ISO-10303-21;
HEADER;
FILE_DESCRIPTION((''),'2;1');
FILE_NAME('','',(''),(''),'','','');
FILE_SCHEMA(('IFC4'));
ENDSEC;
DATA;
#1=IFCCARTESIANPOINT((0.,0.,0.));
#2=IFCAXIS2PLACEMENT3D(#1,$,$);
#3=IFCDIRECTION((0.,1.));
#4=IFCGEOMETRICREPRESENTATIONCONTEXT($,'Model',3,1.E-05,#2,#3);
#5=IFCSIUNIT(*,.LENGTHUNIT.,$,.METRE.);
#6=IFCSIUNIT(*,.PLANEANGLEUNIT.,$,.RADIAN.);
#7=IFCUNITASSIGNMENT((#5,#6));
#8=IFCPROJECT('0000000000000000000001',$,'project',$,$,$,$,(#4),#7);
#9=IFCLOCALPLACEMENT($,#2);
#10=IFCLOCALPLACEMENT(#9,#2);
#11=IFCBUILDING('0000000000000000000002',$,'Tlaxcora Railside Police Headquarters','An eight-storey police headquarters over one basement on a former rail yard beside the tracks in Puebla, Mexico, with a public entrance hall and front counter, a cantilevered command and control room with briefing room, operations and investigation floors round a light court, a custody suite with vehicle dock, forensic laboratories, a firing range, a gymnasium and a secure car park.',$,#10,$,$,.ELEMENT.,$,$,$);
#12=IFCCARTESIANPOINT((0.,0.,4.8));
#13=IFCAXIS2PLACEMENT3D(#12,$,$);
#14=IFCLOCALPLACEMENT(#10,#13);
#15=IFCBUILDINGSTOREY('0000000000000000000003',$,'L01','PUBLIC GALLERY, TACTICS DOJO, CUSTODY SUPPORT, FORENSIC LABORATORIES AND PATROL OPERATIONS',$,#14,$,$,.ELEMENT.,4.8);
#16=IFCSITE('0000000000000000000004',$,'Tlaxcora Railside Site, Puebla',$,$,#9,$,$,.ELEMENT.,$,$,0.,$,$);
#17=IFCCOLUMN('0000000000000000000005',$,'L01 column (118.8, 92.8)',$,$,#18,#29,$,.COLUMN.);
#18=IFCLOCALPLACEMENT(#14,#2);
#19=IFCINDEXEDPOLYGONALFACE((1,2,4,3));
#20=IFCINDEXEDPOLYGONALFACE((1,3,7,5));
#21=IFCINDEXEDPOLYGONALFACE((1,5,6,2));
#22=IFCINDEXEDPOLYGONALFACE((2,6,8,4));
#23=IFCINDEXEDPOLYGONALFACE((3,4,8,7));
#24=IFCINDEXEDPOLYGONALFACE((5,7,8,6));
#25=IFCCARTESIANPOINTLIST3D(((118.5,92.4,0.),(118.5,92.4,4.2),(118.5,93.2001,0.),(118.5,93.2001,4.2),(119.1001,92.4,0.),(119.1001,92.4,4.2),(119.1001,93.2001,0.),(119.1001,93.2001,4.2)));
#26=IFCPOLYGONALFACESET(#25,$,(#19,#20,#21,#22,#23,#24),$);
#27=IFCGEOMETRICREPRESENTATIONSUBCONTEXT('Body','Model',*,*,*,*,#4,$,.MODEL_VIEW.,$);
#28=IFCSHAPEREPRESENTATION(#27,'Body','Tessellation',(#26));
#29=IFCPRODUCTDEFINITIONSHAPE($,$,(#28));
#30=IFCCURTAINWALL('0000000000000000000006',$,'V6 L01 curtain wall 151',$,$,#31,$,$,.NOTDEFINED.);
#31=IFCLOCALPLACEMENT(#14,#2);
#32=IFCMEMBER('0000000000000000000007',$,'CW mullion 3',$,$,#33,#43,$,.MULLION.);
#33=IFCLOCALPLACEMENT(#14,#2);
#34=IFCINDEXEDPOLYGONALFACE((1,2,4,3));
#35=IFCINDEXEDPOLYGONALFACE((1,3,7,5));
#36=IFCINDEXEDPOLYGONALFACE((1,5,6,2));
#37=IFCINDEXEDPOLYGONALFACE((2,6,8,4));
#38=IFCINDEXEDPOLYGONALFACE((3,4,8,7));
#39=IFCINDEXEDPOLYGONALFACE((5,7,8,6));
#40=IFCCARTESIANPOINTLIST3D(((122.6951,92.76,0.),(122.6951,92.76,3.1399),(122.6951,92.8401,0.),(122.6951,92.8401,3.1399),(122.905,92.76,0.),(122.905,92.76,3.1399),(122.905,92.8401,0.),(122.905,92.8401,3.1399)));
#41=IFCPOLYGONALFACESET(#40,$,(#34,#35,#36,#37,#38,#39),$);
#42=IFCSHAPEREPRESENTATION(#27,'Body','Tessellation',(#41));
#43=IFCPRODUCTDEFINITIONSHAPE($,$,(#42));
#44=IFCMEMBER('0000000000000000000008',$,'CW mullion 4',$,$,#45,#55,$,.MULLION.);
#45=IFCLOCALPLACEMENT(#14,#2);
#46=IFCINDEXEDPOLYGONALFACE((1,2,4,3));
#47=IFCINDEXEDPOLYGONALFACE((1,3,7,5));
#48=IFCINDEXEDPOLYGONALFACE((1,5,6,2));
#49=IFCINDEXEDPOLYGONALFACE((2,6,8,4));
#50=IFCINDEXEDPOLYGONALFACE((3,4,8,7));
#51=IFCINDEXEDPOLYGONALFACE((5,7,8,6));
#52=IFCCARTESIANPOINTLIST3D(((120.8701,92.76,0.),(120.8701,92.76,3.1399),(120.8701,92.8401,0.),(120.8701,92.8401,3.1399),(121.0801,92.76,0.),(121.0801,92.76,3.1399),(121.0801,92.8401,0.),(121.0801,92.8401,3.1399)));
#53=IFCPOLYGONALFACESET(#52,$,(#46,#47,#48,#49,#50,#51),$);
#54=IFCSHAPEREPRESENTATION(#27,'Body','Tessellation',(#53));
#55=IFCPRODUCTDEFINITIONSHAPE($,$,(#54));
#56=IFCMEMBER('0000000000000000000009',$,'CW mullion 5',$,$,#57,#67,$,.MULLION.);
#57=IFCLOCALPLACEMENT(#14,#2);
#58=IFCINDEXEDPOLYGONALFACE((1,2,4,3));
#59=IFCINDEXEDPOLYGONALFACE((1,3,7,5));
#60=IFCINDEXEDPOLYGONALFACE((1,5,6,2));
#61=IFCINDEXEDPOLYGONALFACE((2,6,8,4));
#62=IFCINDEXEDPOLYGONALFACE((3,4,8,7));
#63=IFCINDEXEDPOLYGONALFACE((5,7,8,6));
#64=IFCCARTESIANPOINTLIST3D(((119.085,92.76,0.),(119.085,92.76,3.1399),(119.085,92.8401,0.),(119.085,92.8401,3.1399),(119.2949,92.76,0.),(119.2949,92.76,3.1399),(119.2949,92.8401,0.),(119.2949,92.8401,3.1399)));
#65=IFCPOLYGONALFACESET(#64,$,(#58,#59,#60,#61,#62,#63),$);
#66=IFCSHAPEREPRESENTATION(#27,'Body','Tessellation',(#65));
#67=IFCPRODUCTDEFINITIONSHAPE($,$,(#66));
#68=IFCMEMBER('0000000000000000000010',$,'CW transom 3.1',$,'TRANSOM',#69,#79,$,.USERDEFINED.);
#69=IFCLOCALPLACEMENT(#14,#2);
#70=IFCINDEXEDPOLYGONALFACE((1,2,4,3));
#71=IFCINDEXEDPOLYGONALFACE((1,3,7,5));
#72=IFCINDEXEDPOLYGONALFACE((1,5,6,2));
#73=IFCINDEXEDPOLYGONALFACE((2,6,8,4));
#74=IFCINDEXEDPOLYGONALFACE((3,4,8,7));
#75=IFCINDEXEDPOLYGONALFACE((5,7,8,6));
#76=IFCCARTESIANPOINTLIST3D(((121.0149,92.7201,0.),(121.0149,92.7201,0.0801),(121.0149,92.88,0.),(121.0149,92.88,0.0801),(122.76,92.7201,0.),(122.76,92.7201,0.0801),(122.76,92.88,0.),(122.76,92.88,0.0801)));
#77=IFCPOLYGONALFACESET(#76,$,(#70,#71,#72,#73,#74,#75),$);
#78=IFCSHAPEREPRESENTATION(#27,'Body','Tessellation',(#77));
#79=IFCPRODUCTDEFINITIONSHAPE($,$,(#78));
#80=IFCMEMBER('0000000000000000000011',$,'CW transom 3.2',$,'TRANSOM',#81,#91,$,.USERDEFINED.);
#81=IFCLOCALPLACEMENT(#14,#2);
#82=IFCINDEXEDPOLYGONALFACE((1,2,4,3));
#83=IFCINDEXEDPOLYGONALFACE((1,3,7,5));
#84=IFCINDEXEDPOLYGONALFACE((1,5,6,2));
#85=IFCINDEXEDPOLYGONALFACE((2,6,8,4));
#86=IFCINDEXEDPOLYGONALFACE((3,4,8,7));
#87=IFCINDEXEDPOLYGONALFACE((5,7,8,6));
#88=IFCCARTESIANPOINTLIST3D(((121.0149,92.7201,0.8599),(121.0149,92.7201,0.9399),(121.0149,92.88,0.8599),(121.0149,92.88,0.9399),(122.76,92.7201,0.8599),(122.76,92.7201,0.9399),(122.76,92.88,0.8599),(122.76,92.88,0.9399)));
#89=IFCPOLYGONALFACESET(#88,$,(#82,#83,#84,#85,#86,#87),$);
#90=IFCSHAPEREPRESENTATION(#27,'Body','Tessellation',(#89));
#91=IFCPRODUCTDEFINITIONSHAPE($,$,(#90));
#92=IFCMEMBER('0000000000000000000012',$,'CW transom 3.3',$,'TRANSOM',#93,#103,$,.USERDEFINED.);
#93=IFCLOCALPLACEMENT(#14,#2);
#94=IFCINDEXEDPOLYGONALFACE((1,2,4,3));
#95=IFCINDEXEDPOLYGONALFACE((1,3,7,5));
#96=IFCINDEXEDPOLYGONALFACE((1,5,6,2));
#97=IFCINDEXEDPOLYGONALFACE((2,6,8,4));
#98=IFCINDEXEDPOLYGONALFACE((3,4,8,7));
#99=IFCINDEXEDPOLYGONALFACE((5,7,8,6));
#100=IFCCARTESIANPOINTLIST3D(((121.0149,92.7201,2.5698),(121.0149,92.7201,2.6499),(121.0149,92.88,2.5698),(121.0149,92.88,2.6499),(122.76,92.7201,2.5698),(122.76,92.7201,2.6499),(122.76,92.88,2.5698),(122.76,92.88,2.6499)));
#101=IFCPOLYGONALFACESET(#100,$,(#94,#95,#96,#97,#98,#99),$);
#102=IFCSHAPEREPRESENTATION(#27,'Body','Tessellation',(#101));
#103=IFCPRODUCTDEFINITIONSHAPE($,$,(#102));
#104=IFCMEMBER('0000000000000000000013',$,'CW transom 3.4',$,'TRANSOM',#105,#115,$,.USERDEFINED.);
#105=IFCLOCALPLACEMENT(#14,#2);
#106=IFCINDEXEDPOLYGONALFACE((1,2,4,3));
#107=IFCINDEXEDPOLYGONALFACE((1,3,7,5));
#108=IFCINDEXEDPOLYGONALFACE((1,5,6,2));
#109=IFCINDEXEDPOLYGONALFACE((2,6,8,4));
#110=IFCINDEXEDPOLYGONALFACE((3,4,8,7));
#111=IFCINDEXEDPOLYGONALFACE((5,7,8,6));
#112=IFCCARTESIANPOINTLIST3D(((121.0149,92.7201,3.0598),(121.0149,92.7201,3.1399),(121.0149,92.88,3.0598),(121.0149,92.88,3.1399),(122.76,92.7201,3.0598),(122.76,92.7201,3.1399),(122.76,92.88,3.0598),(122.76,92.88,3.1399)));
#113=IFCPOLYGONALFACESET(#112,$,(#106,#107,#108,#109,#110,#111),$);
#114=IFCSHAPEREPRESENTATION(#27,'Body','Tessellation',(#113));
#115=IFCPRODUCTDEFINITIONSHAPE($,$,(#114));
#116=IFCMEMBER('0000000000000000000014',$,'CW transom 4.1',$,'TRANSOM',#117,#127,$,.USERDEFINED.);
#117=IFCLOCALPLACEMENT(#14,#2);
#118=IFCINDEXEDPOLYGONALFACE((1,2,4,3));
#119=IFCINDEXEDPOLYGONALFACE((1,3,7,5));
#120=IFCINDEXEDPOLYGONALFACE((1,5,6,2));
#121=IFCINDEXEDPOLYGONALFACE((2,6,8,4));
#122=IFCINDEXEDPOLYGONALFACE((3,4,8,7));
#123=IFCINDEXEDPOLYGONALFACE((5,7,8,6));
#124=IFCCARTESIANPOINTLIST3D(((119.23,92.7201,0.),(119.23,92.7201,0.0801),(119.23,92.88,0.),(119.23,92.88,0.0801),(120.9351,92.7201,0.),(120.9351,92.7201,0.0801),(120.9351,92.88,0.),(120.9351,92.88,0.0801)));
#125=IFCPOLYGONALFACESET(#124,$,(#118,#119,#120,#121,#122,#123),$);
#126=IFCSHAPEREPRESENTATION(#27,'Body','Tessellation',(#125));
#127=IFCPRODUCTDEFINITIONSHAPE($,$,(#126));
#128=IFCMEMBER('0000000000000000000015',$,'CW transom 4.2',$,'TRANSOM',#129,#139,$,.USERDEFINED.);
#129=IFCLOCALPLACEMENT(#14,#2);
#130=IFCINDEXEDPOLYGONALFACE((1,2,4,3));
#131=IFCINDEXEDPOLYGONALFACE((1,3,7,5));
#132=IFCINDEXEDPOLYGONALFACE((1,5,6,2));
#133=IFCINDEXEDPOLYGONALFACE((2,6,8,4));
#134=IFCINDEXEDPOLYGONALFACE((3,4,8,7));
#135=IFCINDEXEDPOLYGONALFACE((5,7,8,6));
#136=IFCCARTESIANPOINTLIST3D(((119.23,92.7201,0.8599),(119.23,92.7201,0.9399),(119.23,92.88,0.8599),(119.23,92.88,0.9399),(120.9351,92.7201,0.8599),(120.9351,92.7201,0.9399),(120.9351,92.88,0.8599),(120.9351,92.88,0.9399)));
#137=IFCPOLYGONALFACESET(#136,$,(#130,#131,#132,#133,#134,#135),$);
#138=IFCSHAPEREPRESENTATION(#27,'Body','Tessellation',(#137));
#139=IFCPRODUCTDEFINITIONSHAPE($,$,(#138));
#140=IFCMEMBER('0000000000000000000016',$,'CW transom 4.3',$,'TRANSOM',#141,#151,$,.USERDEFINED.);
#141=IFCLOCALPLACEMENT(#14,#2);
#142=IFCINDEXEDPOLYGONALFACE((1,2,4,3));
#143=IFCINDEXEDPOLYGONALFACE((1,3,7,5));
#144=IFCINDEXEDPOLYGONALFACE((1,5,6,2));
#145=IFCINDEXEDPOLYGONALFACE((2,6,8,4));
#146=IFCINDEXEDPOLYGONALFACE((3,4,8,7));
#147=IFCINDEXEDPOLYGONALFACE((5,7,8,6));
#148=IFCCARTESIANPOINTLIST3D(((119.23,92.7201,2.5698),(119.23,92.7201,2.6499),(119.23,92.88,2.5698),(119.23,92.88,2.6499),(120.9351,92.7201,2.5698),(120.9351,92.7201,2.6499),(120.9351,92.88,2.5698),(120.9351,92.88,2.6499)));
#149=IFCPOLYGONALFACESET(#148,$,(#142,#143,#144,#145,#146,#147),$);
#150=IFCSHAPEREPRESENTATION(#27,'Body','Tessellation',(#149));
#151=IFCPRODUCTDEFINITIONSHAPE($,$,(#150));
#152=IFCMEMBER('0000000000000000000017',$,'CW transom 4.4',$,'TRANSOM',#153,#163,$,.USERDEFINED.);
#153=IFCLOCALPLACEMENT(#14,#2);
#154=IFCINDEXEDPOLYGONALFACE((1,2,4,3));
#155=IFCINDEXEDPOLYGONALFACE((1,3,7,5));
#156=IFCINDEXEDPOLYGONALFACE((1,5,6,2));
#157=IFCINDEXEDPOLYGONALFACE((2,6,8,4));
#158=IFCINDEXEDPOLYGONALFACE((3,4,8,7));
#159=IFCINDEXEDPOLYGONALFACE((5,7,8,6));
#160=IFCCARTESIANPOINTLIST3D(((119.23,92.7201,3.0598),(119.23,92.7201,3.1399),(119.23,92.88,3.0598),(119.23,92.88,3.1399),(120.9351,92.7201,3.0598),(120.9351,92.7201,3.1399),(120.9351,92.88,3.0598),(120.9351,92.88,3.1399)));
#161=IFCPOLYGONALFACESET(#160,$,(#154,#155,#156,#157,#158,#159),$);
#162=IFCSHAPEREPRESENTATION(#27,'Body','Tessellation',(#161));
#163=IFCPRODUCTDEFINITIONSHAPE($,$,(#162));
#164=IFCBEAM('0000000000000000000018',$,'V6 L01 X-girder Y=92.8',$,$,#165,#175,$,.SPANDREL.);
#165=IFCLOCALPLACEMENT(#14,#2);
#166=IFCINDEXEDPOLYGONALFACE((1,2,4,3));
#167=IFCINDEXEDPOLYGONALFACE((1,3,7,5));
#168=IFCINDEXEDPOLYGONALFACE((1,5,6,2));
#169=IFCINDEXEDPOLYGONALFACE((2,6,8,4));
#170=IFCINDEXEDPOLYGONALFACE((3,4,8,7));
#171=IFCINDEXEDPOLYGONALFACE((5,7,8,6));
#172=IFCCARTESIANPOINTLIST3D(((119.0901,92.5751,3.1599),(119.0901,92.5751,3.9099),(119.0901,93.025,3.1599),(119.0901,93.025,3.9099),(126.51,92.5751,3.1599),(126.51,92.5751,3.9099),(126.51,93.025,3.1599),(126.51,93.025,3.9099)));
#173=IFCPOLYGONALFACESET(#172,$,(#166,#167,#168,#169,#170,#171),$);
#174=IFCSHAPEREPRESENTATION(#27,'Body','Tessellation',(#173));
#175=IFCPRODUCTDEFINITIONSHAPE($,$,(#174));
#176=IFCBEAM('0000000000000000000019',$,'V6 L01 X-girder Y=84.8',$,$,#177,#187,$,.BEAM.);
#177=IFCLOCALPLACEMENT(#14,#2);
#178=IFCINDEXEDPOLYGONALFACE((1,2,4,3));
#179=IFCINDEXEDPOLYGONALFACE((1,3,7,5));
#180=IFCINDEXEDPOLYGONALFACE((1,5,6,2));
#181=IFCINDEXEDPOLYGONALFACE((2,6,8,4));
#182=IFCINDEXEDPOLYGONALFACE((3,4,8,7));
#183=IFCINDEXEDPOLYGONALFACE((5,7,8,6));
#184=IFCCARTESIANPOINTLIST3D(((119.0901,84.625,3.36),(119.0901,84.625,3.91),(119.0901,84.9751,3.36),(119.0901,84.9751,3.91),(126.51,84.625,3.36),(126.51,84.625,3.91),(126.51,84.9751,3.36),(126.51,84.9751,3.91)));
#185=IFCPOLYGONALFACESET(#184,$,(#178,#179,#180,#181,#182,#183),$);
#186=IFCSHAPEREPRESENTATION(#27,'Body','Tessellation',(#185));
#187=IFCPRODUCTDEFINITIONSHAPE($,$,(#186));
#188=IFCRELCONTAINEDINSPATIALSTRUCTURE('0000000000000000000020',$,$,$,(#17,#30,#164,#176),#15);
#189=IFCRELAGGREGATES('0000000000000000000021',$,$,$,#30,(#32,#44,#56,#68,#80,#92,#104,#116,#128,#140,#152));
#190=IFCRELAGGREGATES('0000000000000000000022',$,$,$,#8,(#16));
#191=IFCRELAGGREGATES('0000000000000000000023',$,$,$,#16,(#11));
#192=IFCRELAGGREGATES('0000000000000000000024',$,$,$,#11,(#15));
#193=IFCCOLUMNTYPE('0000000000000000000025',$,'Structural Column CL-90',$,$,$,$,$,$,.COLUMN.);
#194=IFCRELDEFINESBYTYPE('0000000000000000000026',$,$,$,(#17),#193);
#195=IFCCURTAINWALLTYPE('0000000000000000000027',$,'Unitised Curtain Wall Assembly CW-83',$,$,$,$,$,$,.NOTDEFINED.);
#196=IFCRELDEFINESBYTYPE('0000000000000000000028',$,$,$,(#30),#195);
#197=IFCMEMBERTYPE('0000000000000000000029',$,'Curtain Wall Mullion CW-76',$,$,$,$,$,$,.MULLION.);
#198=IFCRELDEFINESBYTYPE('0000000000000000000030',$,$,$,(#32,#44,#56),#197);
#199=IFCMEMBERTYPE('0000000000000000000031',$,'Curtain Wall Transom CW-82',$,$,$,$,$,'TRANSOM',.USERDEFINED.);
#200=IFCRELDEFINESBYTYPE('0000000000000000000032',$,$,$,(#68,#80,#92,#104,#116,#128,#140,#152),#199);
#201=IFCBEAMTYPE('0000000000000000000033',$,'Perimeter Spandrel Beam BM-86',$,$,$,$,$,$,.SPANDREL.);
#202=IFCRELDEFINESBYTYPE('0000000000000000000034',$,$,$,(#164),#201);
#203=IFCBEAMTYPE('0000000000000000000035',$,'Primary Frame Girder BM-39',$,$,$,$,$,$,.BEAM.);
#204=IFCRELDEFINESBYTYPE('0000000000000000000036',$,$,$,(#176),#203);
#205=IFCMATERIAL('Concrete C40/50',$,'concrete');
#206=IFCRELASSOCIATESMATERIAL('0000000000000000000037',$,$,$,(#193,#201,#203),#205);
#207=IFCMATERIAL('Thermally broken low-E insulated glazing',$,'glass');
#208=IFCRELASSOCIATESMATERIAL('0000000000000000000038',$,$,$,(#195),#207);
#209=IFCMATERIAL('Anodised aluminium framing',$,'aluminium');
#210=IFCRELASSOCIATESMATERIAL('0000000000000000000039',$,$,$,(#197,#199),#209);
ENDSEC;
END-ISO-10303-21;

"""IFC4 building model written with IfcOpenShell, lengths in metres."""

from ifc_helpers import new_model, si_unit, direction, frame, origin, origin_2d, place, context, subcontext, project, spatial, rectangle, extrude, material, material_profile, profile_set, type_object, element, aggregate, save


model = new_model("IFC4")

# Units and contexts
model_context = context("Model", 3, precision=1e-05, world=origin(), true_north=direction((0.0, 1.0)))
body_context = subcontext(model_context, "Body", "Model", "MODEL_VIEW")
ifc_project = project(units=[si_unit("LENGTHUNIT", "METRE"), si_unit("PLANEANGLEUNIT", "RADIAN")], contexts=[model_context])

# Site, building, storey
site_placement = place(None, origin())
site = spatial("IfcSite", under=ifc_project, at=site_placement, Name="Tlaxcora Railside Site, Puebla", CompositionType="ELEMENT", RefElevation=0.0)
building_placement = place(site_placement, origin())
building = spatial("IfcBuilding", under=site, at=building_placement, Name="Tlaxcora Railside Police Headquarters", Description="An eight-storey police headquarters over one basement on a former rail yard beside the tracks in Puebla, Mexico, with a public entrance hall and front counter, a cantilevered command and control room with briefing room, operations and investigation floors round a light court, a custody suite with vehicle dock, forensic laboratories, a firing range, a gymnasium and a secure car park.", CompositionType="ELEMENT")
storey_placement = place(building_placement, frame((0.0, 0.0, 4.8)))
storey = spatial("IfcBuildingStorey", under=building, at=storey_placement, Name="L01", Description="PUBLIC GALLERY, TACTICS DOJO, CUSTODY SUPPORT, FORENSIC LABORATORIES AND PATROL OPERATIONS", CompositionType="ELEMENT", Elevation=4.8)

# Column
ifc_material_1 = material(Name="Concrete C40/50", Category="concrete")
ifc_material_profile_1 = material_profile(ifc_material_1, rectangle(XDim=0.6001, YDim=0.8, at=origin_2d()), Name="RC600X800")
ifc_profile_set_1 = profile_set([ifc_material_profile_1], Name="Concrete C40/50")
column_type = type_object("IfcColumnType", Name="Structural Column CL-90", PredefinedType="COLUMN", material=ifc_profile_set_1)
column_placement = place(storey_placement, frame((118.8, 92.8, 0.0), z_axis=(0.0, 0.0, 1.0), x_axis=(1.0, 0.0, 0.0)))
element("IfcColumn", 1, at=column_placement, inside=storey, type_object=column_type, Name="L01 column (118.8, 92.8)", PredefinedType="COLUMN", context=body_context, shape_type="SweptSolid", body=[
    extrude(rectangle(XDim=0.6001, YDim=0.8, at=origin_2d()), origin(), (0.0, 0.0, 1.0), 4.2),
])

# Curtain wall, members
ifc_material_2 = material(Name="Thermally broken low-E insulated glazing", Category="glass")
curtain_wall_type = type_object("IfcCurtainWallType", Name="Unitised Curtain Wall Assembly CW-83", PredefinedType="NOTDEFINED", material=ifc_material_2)
curtain_wall_placement = place(storey_placement, origin())
curtain_wall = element("IfcCurtainWall", 2, at=curtain_wall_placement, inside=storey, type_object=curtain_wall_type, Name="V6 L01 curtain wall 151", PredefinedType="NOTDEFINED")
ifc_material_3 = material(Name="Anodised aluminium framing", Category="aluminium")
ifc_material_profile_2 = material_profile(ifc_material_3, rectangle(XDim=0.0801, YDim=0.21, at=origin_2d()), Name="AL80X210")
ifc_profile_set_2 = profile_set([ifc_material_profile_2], Name="Anodised aluminium framing")
member_type_1 = type_object("IfcMemberType", Name="Curtain Wall Mullion CW-76", PredefinedType="MULLION", material=ifc_profile_set_2)
member_1_placement = place(storey_placement, frame((122.8, 92.8, 0.0), z_axis=(0.0, 0.0, 1.0), x_axis=(0.0, -1.0, 0.0)))
member_1 = element("IfcMember", 3, at=member_1_placement, type_object=member_type_1, Name="CW mullion 3", PredefinedType="MULLION", context=body_context, shape_type="SweptSolid", body=[
    extrude(rectangle(XDim=0.0801, YDim=0.21, at=origin_2d()), origin(), (0.0, 0.0, 1.0), 3.1399),
])
member_2_placement = place(storey_placement, frame((120.9751, 92.8, 0.0), z_axis=(0.0, 0.0, 1.0), x_axis=(0.0, -1.0, 0.0)))
member_2 = element("IfcMember", 4, at=member_2_placement, type_object=member_type_1, Name="CW mullion 4", PredefinedType="MULLION", context=body_context, shape_type="SweptSolid", body=[
    extrude(rectangle(XDim=0.0801, YDim=0.21, at=origin_2d()), origin(), (0.0, 0.0, 1.0), 3.1399),
])
member_3_placement = place(storey_placement, frame((119.1899, 92.8, 0.0), z_axis=(0.0, 0.0, 1.0), x_axis=(0.0, -1.0, 0.0)))
member_3 = element("IfcMember", 5, at=member_3_placement, type_object=member_type_1, Name="CW mullion 5", PredefinedType="MULLION", context=body_context, shape_type="SweptSolid", body=[
    extrude(rectangle(XDim=0.0801, YDim=0.21, at=origin_2d()), origin(), (0.0, 0.0, 1.0), 3.1399),
])
ifc_material_profile_3 = material_profile(ifc_material_3, rectangle(XDim=0.1599, YDim=0.0801, at=origin_2d()), Name="AL80X160")
ifc_profile_set_3 = profile_set([ifc_material_profile_3], Name="Anodised aluminium framing")
member_type_2 = type_object("IfcMemberType", Name="Curtain Wall Transom CW-82", ElementType="TRANSOM", PredefinedType="USERDEFINED", material=ifc_profile_set_3)
member_4_placement = place(storey_placement, frame((122.76, 92.8, 0.04), z_axis=(-1.0, 0.0, 0.0), x_axis=(0.0, -1.0, 0.0)))
member_4 = element("IfcMember", 6, at=member_4_placement, type_object=member_type_2, Name="CW transom 3.1", ObjectType="TRANSOM", PredefinedType="USERDEFINED", context=body_context, shape_type="SweptSolid", body=[
    extrude(rectangle(XDim=0.1599, YDim=0.0801, at=origin_2d()), origin(), (0.0, 0.0, 1.0), 1.7451),
])
member_5_placement = place(storey_placement, frame((122.76, 92.8, 0.8999), z_axis=(-1.0, 0.0, 0.0), x_axis=(0.0, -1.0, 0.0)))
member_5 = element("IfcMember", 7, at=member_5_placement, type_object=member_type_2, Name="CW transom 3.2", ObjectType="TRANSOM", PredefinedType="USERDEFINED", context=body_context, shape_type="SweptSolid", body=[
    extrude(rectangle(XDim=0.1599, YDim=0.0801, at=origin_2d()), origin(), (0.0, 0.0, 1.0), 1.7451),
])
member_6_placement = place(storey_placement, frame((122.76, 92.8, 2.6099), z_axis=(-1.0, 0.0, 0.0), x_axis=(0.0, -1.0, 0.0)))
member_6 = element("IfcMember", 8, at=member_6_placement, type_object=member_type_2, Name="CW transom 3.3", ObjectType="TRANSOM", PredefinedType="USERDEFINED", context=body_context, shape_type="SweptSolid", body=[
    extrude(rectangle(XDim=0.1599, YDim=0.0801, at=origin_2d()), origin(), (0.0, 0.0, 1.0), 1.7451),
])
member_7_placement = place(storey_placement, frame((122.76, 92.8, 3.0999), z_axis=(-1.0, 0.0, 0.0), x_axis=(0.0, -1.0, 0.0)))
member_7 = element("IfcMember", 9, at=member_7_placement, type_object=member_type_2, Name="CW transom 3.4", ObjectType="TRANSOM", PredefinedType="USERDEFINED", context=body_context, shape_type="SweptSolid", body=[
    extrude(rectangle(XDim=0.1599, YDim=0.0801, at=origin_2d()), origin(), (0.0, 0.0, 1.0), 1.7451),
])
member_8_placement = place(storey_placement, frame((120.9351, 92.8, 0.04), z_axis=(-1.0, 0.0, 0.0), x_axis=(0.0, -1.0, 0.0)))
member_8 = element("IfcMember", 10, at=member_8_placement, type_object=member_type_2, Name="CW transom 4.1", ObjectType="TRANSOM", PredefinedType="USERDEFINED", context=body_context, shape_type="SweptSolid", body=[
    extrude(rectangle(XDim=0.1599, YDim=0.0801, at=origin_2d()), origin(), (0.0, 0.0, 1.0), 1.7051),
])
member_9_placement = place(storey_placement, frame((120.9351, 92.8, 0.8999), z_axis=(-1.0, 0.0, 0.0), x_axis=(0.0, -1.0, 0.0)))
member_9 = element("IfcMember", 11, at=member_9_placement, type_object=member_type_2, Name="CW transom 4.2", ObjectType="TRANSOM", PredefinedType="USERDEFINED", context=body_context, shape_type="SweptSolid", body=[
    extrude(rectangle(XDim=0.1599, YDim=0.0801, at=origin_2d()), origin(), (0.0, 0.0, 1.0), 1.7051),
])
member_10_placement = place(storey_placement, frame((120.9351, 92.8, 2.6099), z_axis=(-1.0, 0.0, 0.0), x_axis=(0.0, -1.0, 0.0)))
member_10 = element("IfcMember", 12, at=member_10_placement, type_object=member_type_2, Name="CW transom 4.3", ObjectType="TRANSOM", PredefinedType="USERDEFINED", context=body_context, shape_type="SweptSolid", body=[
    extrude(rectangle(XDim=0.1599, YDim=0.0801, at=origin_2d()), origin(), (0.0, 0.0, 1.0), 1.7051),
])
member_11_placement = place(storey_placement, frame((120.9351, 92.8, 3.0999), z_axis=(-1.0, 0.0, 0.0), x_axis=(0.0, -1.0, 0.0)))
member_11 = element("IfcMember", 13, at=member_11_placement, type_object=member_type_2, Name="CW transom 4.4", ObjectType="TRANSOM", PredefinedType="USERDEFINED", context=body_context, shape_type="SweptSolid", body=[
    extrude(rectangle(XDim=0.1599, YDim=0.0801, at=origin_2d()), origin(), (0.0, 0.0, 1.0), 1.7051),
])

# Beams
ifc_material_profile_4 = material_profile(ifc_material_1, rectangle(XDim=0.45, YDim=0.75, at=origin_2d()), Name="RC450X750")
ifc_profile_set_4 = profile_set([ifc_material_profile_4], Name="Concrete C40/50")
beam_type_1 = type_object("IfcBeamType", Name="Perimeter Spandrel Beam BM-86", PredefinedType="SPANDREL", material=ifc_profile_set_4)
beam_1_placement = place(storey_placement, frame((119.0901, 92.8, 3.5349), z_axis=(1.0, 0.0, 0.0), x_axis=(0.0, 1.0, 0.0)))
element("IfcBeam", 14, at=beam_1_placement, inside=storey, type_object=beam_type_1, Name="V6 L01 X-girder Y=92.8", PredefinedType="SPANDREL", context=body_context, shape_type="SweptSolid", body=[
    extrude(rectangle(XDim=0.45, YDim=0.75, at=origin_2d()), origin(), (0.0, 0.0, 1.0), 7.4199),
])
ifc_material_profile_5 = material_profile(ifc_material_1, rectangle(XDim=0.3501, YDim=0.55, at=origin_2d()), Name="RC350X550")
ifc_profile_set_5 = profile_set([ifc_material_profile_5], Name="Concrete C40/50")
beam_type_2 = type_object("IfcBeamType", Name="Primary Frame Girder BM-39", PredefinedType="BEAM", material=ifc_profile_set_5)
beam_2_placement = place(storey_placement, frame((119.0901, 84.8, 3.635), z_axis=(1.0, 0.0, 0.0), x_axis=(0.0, 1.0, 0.0)))
element("IfcBeam", 15, at=beam_2_placement, inside=storey, type_object=beam_type_2, Name="V6 L01 X-girder Y=84.8", PredefinedType="BEAM", context=body_context, shape_type="SweptSolid", body=[
    extrude(rectangle(XDim=0.3501, YDim=0.55, at=origin_2d()), origin(), (0.0, 0.0, 1.0), 7.4199),
])

aggregate(curtain_wall, [member_1, member_2, member_3, member_4, member_5, member_6, member_7, member_8, member_9, member_10, member_11])

save(model, "model.ifc")
